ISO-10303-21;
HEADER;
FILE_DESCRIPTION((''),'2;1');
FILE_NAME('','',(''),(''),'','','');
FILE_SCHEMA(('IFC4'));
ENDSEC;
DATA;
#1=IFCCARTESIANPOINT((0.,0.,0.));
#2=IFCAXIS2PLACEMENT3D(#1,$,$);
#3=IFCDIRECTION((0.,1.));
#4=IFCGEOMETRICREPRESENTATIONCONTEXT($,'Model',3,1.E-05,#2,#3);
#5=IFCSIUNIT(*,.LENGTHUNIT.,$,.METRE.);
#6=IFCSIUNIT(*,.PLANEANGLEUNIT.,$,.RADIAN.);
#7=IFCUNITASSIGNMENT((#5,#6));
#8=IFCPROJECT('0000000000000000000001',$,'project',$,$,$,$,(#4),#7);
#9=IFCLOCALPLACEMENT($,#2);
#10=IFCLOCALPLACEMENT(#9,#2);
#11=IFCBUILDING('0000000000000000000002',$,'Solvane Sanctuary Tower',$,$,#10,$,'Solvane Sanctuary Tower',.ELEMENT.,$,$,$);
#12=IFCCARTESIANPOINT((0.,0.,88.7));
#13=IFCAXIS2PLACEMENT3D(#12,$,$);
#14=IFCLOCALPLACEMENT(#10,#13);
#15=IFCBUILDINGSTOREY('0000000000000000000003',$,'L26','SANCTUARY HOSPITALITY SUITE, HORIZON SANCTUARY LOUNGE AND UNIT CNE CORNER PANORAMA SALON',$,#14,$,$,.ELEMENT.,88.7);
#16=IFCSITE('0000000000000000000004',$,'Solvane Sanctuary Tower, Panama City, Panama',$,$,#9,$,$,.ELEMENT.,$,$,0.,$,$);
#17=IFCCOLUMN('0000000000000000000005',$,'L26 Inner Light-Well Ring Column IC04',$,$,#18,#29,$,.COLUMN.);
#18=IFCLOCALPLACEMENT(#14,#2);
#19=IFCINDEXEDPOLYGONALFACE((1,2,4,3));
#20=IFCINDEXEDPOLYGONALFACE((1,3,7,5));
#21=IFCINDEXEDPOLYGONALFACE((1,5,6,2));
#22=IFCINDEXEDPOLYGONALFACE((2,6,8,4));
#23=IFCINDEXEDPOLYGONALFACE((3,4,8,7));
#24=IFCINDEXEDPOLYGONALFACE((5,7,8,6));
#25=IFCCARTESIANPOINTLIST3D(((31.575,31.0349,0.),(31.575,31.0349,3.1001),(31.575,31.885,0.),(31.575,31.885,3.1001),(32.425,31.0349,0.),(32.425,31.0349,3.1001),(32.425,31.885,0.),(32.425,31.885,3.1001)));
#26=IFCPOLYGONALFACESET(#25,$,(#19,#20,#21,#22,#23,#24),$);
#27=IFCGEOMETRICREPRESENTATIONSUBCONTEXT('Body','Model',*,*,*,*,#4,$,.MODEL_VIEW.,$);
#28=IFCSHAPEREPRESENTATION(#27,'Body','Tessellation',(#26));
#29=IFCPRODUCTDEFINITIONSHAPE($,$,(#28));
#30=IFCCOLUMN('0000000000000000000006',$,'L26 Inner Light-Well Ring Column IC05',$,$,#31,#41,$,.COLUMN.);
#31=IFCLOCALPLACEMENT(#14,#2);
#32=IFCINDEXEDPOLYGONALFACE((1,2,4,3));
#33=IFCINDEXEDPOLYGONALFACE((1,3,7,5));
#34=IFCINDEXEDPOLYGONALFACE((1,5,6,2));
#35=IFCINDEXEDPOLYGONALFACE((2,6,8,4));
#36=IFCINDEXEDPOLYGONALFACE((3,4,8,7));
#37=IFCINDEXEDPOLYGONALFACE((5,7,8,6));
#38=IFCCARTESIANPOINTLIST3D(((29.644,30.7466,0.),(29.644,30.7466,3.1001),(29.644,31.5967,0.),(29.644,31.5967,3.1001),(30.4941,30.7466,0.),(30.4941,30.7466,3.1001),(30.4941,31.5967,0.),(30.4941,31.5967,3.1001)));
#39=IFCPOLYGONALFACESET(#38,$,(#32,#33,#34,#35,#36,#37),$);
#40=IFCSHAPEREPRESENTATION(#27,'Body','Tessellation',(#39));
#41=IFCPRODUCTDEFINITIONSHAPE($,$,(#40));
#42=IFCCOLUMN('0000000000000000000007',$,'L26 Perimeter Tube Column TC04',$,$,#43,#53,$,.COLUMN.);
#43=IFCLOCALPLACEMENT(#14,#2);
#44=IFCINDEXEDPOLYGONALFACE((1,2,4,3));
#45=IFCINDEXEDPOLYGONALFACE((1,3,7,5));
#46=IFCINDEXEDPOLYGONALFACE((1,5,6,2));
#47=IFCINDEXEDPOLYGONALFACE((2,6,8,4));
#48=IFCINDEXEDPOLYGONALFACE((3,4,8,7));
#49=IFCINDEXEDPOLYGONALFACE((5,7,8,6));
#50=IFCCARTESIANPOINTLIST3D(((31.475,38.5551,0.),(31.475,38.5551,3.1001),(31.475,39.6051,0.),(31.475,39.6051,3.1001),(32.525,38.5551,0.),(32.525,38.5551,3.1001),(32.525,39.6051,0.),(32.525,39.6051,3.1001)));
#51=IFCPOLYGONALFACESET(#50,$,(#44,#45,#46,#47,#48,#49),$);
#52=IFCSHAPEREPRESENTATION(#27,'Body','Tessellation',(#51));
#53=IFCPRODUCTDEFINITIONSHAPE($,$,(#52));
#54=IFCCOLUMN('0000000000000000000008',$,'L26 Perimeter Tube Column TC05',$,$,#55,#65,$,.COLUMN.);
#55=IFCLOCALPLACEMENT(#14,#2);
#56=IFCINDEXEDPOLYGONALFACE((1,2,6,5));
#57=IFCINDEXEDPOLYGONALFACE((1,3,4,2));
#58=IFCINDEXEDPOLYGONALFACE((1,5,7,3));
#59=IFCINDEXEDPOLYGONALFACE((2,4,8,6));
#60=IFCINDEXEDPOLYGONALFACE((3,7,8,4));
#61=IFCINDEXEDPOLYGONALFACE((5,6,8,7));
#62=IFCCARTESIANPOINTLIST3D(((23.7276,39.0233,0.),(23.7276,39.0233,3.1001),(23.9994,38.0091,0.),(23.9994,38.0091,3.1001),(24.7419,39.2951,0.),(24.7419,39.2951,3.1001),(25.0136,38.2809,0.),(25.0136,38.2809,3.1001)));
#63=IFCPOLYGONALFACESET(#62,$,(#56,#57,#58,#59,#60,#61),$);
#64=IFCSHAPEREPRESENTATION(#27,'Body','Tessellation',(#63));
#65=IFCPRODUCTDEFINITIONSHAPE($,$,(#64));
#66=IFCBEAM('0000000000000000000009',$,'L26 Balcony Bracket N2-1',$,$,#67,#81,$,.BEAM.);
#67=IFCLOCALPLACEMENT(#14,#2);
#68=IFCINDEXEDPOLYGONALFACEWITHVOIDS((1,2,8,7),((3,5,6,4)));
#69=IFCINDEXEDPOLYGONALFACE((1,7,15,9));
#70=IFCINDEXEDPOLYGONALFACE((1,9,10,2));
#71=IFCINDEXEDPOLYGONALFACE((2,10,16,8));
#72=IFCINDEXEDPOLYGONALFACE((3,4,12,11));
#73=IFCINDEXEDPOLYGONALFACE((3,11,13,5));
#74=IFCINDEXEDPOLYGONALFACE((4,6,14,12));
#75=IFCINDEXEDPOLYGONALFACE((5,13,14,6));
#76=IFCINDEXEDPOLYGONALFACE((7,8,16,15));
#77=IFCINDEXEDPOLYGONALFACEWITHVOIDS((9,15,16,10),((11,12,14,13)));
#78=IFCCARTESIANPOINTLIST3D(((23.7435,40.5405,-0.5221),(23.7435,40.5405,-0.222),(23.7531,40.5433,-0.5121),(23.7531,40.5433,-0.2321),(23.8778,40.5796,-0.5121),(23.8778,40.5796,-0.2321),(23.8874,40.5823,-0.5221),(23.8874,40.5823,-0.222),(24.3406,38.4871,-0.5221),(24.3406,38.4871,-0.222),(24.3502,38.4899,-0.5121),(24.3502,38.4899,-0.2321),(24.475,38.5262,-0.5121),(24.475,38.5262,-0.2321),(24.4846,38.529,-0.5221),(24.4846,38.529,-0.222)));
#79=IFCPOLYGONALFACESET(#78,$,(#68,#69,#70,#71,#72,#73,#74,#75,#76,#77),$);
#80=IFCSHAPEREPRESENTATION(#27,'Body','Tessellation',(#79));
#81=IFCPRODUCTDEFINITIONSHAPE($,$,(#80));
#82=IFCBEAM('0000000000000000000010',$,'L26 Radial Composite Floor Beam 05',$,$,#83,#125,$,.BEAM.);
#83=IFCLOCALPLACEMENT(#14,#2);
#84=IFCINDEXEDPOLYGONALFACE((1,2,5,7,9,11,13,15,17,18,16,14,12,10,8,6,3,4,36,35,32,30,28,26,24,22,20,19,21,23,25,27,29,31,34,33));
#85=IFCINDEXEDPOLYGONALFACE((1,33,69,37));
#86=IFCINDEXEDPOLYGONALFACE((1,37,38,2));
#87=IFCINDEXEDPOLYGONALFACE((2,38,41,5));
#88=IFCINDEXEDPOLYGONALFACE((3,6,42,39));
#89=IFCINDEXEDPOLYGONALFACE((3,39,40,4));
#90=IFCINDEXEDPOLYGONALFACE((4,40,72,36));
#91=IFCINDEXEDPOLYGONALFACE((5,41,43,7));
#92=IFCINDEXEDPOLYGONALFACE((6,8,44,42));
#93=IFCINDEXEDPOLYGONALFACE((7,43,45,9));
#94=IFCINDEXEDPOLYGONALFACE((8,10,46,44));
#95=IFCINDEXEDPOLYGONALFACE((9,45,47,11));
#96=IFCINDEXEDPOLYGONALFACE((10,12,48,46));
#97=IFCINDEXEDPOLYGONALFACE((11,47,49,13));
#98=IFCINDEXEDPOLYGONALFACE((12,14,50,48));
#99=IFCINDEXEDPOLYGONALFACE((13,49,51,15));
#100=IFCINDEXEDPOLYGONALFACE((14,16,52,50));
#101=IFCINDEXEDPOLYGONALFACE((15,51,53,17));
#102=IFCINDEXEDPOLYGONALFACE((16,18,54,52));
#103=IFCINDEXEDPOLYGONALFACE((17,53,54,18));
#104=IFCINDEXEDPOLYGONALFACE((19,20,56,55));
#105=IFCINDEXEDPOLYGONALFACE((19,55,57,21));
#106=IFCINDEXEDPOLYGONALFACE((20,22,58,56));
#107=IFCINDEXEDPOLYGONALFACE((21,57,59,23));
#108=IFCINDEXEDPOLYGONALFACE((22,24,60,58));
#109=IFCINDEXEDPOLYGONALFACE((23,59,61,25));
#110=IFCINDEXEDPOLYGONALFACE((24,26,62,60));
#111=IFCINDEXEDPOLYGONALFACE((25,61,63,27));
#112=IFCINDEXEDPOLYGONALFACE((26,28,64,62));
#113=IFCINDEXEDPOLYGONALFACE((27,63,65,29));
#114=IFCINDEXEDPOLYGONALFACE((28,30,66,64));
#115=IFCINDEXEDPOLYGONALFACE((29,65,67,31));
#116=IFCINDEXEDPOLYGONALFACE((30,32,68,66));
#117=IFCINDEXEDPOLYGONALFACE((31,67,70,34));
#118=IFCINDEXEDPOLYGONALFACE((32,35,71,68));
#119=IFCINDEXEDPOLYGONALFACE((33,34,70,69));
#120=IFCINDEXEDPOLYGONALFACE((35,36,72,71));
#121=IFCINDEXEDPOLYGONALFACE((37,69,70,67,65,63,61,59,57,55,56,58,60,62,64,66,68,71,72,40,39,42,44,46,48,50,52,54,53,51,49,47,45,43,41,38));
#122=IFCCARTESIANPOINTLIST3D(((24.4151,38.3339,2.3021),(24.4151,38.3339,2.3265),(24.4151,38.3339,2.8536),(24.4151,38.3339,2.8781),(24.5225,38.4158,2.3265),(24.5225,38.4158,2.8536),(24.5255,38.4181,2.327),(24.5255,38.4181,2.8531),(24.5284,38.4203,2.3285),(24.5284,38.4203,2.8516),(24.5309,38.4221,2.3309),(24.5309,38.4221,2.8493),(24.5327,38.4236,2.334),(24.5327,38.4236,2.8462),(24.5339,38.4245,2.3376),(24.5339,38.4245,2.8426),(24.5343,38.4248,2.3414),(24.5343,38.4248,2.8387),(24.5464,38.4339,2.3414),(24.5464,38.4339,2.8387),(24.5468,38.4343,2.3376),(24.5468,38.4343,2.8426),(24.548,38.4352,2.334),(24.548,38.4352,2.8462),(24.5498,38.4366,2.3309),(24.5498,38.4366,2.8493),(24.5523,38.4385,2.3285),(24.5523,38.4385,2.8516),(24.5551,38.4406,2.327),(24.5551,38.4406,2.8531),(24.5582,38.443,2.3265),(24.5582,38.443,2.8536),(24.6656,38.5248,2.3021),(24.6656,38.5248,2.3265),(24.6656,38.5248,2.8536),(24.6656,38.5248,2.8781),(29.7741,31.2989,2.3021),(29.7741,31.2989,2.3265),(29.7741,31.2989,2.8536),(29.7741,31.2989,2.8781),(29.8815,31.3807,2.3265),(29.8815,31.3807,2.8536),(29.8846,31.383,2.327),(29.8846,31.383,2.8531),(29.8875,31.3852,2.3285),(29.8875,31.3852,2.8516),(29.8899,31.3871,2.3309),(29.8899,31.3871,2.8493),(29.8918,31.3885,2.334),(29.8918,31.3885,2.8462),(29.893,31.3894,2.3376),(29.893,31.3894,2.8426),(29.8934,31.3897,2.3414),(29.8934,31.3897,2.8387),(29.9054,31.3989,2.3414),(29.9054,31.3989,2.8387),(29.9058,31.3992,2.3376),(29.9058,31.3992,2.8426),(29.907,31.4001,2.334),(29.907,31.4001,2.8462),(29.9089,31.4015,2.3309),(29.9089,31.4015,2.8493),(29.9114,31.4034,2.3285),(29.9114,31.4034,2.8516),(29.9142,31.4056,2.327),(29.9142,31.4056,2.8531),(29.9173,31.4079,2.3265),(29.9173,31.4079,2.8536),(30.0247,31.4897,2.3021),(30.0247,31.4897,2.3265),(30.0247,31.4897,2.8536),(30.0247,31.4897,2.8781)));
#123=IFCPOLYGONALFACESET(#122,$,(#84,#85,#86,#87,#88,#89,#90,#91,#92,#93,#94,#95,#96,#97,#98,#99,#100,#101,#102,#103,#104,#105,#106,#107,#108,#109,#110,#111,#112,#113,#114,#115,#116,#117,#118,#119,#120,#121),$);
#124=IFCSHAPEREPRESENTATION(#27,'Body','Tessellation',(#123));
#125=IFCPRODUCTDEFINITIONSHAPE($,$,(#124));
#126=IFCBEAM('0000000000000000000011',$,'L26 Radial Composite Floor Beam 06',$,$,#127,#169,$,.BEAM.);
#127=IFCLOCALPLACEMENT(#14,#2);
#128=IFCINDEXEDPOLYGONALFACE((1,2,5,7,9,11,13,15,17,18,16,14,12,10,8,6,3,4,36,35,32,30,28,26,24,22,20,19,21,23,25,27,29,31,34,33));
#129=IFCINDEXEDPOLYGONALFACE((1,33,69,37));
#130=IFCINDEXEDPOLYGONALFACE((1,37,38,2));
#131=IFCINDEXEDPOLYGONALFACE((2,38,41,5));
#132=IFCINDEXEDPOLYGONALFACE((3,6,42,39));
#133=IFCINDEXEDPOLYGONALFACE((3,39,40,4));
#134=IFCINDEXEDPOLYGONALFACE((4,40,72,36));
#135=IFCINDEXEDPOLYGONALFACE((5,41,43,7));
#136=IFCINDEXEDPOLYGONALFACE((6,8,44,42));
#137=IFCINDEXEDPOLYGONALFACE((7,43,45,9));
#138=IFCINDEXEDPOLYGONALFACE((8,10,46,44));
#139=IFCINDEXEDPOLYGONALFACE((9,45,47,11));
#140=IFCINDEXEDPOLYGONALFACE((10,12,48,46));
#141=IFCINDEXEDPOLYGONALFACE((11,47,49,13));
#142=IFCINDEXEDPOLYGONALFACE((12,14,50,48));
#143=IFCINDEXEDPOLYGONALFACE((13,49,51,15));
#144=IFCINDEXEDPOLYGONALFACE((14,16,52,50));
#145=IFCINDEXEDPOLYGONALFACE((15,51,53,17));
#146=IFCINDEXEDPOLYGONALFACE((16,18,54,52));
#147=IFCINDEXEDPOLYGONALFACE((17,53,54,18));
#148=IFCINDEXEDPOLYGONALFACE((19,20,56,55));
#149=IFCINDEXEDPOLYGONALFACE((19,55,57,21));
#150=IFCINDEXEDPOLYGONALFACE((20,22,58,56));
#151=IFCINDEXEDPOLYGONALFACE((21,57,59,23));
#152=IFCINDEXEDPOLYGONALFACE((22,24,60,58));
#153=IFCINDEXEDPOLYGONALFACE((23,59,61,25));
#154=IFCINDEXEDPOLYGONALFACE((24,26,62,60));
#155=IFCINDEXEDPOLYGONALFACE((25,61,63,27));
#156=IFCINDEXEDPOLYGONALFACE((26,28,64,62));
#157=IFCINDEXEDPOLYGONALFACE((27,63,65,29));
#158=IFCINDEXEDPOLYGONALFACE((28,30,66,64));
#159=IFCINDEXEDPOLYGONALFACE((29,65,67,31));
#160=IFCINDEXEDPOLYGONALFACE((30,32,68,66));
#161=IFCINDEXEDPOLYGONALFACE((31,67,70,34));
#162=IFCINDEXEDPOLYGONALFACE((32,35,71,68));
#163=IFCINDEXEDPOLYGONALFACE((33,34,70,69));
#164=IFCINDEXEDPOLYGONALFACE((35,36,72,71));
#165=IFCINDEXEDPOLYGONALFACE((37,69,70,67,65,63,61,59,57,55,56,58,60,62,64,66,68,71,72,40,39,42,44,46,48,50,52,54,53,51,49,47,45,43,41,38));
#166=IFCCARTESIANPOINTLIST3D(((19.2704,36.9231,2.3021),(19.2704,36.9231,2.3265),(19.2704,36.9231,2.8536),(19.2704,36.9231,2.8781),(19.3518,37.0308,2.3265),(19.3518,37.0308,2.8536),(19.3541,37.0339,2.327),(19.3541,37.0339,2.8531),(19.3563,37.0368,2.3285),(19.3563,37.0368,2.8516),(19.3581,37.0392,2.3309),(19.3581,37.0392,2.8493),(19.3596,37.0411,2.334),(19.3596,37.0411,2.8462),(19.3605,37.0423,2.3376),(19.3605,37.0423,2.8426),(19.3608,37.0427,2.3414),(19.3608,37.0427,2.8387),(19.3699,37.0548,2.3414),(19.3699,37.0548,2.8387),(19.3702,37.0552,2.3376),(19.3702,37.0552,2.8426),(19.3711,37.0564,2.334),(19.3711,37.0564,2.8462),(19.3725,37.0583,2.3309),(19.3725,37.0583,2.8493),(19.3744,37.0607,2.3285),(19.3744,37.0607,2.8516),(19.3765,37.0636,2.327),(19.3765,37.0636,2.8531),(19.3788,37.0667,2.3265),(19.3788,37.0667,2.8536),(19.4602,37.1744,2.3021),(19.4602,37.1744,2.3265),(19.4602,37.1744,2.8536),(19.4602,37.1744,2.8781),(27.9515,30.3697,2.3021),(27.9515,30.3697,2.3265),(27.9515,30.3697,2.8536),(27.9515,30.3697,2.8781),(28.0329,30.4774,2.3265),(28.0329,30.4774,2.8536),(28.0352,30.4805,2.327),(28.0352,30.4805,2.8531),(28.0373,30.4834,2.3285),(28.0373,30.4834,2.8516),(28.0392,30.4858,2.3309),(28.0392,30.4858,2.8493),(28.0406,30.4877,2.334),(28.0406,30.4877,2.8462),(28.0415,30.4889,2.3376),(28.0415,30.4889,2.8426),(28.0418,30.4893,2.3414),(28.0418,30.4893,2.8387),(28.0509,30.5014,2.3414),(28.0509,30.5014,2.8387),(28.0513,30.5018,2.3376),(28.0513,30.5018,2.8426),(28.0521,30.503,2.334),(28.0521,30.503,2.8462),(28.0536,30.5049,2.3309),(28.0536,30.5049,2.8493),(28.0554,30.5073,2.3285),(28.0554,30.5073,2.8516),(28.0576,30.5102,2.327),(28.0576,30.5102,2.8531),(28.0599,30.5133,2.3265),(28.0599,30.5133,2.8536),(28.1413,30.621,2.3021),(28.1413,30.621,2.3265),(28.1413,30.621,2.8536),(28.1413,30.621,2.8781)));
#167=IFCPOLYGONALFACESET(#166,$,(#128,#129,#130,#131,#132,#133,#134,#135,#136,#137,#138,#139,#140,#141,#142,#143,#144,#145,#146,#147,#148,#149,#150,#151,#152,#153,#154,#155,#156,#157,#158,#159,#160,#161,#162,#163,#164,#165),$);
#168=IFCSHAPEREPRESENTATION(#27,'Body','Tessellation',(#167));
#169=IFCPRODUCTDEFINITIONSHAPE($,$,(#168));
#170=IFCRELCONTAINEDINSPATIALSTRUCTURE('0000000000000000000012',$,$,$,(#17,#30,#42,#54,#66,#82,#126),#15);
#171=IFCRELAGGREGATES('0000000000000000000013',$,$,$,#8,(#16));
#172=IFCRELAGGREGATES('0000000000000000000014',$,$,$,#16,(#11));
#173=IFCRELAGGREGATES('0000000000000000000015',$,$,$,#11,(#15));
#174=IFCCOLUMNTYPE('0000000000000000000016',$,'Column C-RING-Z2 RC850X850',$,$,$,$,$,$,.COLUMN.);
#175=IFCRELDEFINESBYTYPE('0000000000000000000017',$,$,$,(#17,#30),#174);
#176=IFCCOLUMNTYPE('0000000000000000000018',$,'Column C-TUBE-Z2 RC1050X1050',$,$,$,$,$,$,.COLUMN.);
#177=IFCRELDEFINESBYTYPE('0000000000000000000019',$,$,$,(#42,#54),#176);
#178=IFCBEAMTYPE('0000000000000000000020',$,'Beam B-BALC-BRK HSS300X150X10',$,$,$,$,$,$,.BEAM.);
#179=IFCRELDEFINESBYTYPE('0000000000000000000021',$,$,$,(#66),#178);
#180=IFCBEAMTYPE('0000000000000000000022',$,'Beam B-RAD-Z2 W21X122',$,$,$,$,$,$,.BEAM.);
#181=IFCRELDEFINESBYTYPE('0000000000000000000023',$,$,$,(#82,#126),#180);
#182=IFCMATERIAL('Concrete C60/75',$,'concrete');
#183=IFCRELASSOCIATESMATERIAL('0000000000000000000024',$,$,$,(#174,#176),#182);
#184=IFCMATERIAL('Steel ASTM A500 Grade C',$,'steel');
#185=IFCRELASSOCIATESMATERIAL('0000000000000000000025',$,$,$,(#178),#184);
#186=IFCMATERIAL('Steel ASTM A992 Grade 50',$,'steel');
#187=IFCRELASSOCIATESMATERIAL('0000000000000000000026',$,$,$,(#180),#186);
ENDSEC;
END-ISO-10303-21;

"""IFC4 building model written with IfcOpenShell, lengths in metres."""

from ifc_helpers import new_model, si_unit, direction, frame, origin, origin_2d, place, context, subcontext, project, spatial, rectangle, hollow_rectangle, i_section, extrude, material, material_profile, profile_set, type_object, element, save


model = new_model("IFC4")

# Units and contexts
model_context = context("Model", 3, precision=1e-05, world=origin(), true_north=direction((0.0, 1.0)))
body_context = subcontext(model_context, "Body", "Model", "MODEL_VIEW")
ifc_project = project(units=[si_unit("LENGTHUNIT", "METRE"), si_unit("PLANEANGLEUNIT", "RADIAN")], contexts=[model_context])

# Site, building, storey
site_placement = place(None, origin())
site = spatial("IfcSite", under=ifc_project, at=site_placement, Name="Solvane Sanctuary Tower, Panama City, Panama", CompositionType="ELEMENT", RefElevation=0.0)
building_placement = place(site_placement, origin())
building = spatial("IfcBuilding", under=site, at=building_placement, Name="Solvane Sanctuary Tower", LongName="Solvane Sanctuary Tower", CompositionType="ELEMENT")
storey_placement = place(building_placement, frame((0.0, 0.0, 88.7)))
storey = spatial("IfcBuildingStorey", under=building, at=storey_placement, Name="L26", Description="SANCTUARY HOSPITALITY SUITE, HORIZON SANCTUARY LOUNGE AND UNIT CNE CORNER PANORAMA SALON", CompositionType="ELEMENT", Elevation=88.7)

# Columns
ifc_material_1 = material(Name="Concrete C60/75", Category="concrete")
ifc_material_profile_1 = material_profile(ifc_material_1, rectangle(XDim=0.8501, YDim=0.8501, at=origin_2d()), Name="RC850X850")
ifc_profile_set_1 = profile_set([ifc_material_profile_1], Name="Concrete C60/75")
column_type_1 = type_object("IfcColumnType", Name="Column C-RING-Z2 RC850X850", PredefinedType="COLUMN", material=ifc_profile_set_1)
for number, where, z_axis, x_axis, name in (
    (1, (32.0, 31.46, 0.0), (0.0, 0.0, 1.0), (1.0, 0.0, 0.0), "L26 Inner Light-Well Ring Column IC04"),
    (2, (30.0691, 31.1716, 0.0), (0.0, 0.0, 1.0), (1.0, 0.0, 0.0), "L26 Inner Light-Well Ring Column IC05"),
):
    element("IfcColumn", number, at=place(storey_placement, frame(where, z_axis=z_axis, x_axis=x_axis)), inside=storey, type_object=column_type_1, Name=name, PredefinedType="COLUMN", context=body_context, shape_type="SweptSolid", body=[
        extrude(rectangle(XDim=0.8501, YDim=0.8501, at=origin_2d()), origin(), (0.0, 0.0, 1.0), 3.1001),
    ])
ifc_material_profile_2 = material_profile(ifc_material_1, rectangle(XDim=1.05, YDim=1.05, at=origin_2d()), Name="RC1050X1050")
ifc_profile_set_2 = profile_set([ifc_material_profile_2], Name="Concrete C60/75")
column_type_2 = type_object("IfcColumnType", Name="Column C-TUBE-Z2 RC1050X1050", PredefinedType="COLUMN", material=ifc_profile_set_2)
for number, where, z_axis, x_axis, name in (
    (3, (32.0, 39.0801, 0.0), (0.0, 0.0, 1.0), (0.0, 1.0, 0.0), "L26 Perimeter Tube Column TC04"),
    (4, (24.3706, 38.6521, 0.0), (0.0, 0.0, 1.0), (-0.258819, 0.965926, 0.0), "L26 Perimeter Tube Column TC05"),
):
    element("IfcColumn", number, at=place(storey_placement, frame(where, z_axis=z_axis, x_axis=x_axis)), inside=storey, type_object=column_type_2, Name=name, PredefinedType="COLUMN", context=body_context, shape_type="SweptSolid", body=[
        extrude(rectangle(XDim=1.05, YDim=1.05, at=origin_2d()), origin(), (0.0, 0.0, 1.0), 3.1001),
    ])

# Beams
ifc_material_2 = material(Name="Steel ASTM A500 Grade C", Category="steel")
ifc_material_profile_3 = material_profile(ifc_material_2, hollow_rectangle(XDim=0.1499, YDim=0.3, WallThickness=0.01, at=origin_2d()), Name="HSS300X150X10")
ifc_profile_set_3 = profile_set([ifc_material_profile_3], Name="Steel ASTM A500 Grade C")
beam_type_1 = type_object("IfcBeamType", Name="Beam B-BALC-BRK HSS300X150X10", PredefinedType="BEAM", material=ifc_profile_set_3)
beam_1_placement = place(storey_placement, frame((24.4126, 38.5081, -0.3721), z_axis=(-0.279242, 0.960221, 0.0), x_axis=(-0.960221, -0.279242, 0.0)))
element("IfcBeam", 5, at=beam_1_placement, inside=storey, type_object=beam_type_1, Name="L26 Balcony Bracket N2-1", PredefinedType="BEAM", context=body_context, shape_type="SweptSolid", body=[
    extrude(hollow_rectangle(XDim=0.1499, YDim=0.3, WallThickness=0.01, at=origin_2d()), origin(), (0.0, 0.0, 1.0), 2.1384),
])
ifc_material_3 = material(Name="Steel ASTM A992 Grade 50", Category="steel")
ifc_material_profile_4 = material_profile(ifc_material_3, i_section(OverallWidth=0.3149, OverallDepth=0.5759, WebThickness=0.0151, FlangeThickness=0.0244, FilletRadius=0.0149, at=origin_2d()), Name="W21X122")
ifc_profile_set_4 = profile_set([ifc_material_profile_4], Name="Steel ASTM A992 Grade 50")
beam_type_2 = type_object("IfcBeamType", Name="Beam B-RAD-Z2 W21X122", PredefinedType="BEAM", material=ifc_profile_set_4)
beam_2_placement = place(storey_placement, frame((29.8994, 31.3943, 2.5901), z_axis=(-0.605973, 0.795486, 0.0), x_axis=(-0.795486, -0.605973, 0.0)))
element("IfcBeam", 6, at=beam_2_placement, inside=storey, type_object=beam_type_2, Name="L26 Radial Composite Floor Beam 05", PredefinedType="BEAM", context=body_context, shape_type="SweptSolid", body=[
    extrude(i_section(OverallWidth=0.3149, OverallDepth=0.5759, WebThickness=0.0151, FlangeThickness=0.0244, FilletRadius=0.0149, at=origin_2d()), origin(), (0.0, 0.0, 1.0), 8.8438),
])
beam_3_placement = place(storey_placement, frame((28.0464, 30.4954, 2.5901), z_axis=(-0.798116, 0.602504, 0.0), x_axis=(-0.602504, -0.798116, 0.0)))
element("IfcBeam", 7, at=beam_3_placement, inside=storey, type_object=beam_type_2, Name="L26 Radial Composite Floor Beam 06", PredefinedType="BEAM", context=body_context, shape_type="SweptSolid", body=[
    extrude(i_section(OverallWidth=0.3149, OverallDepth=0.5759, WebThickness=0.0151, FlangeThickness=0.0244, FilletRadius=0.0149, at=origin_2d()), origin(), (0.0, 0.0, 1.0), 10.877),
])

save(model, "model.ifc")
